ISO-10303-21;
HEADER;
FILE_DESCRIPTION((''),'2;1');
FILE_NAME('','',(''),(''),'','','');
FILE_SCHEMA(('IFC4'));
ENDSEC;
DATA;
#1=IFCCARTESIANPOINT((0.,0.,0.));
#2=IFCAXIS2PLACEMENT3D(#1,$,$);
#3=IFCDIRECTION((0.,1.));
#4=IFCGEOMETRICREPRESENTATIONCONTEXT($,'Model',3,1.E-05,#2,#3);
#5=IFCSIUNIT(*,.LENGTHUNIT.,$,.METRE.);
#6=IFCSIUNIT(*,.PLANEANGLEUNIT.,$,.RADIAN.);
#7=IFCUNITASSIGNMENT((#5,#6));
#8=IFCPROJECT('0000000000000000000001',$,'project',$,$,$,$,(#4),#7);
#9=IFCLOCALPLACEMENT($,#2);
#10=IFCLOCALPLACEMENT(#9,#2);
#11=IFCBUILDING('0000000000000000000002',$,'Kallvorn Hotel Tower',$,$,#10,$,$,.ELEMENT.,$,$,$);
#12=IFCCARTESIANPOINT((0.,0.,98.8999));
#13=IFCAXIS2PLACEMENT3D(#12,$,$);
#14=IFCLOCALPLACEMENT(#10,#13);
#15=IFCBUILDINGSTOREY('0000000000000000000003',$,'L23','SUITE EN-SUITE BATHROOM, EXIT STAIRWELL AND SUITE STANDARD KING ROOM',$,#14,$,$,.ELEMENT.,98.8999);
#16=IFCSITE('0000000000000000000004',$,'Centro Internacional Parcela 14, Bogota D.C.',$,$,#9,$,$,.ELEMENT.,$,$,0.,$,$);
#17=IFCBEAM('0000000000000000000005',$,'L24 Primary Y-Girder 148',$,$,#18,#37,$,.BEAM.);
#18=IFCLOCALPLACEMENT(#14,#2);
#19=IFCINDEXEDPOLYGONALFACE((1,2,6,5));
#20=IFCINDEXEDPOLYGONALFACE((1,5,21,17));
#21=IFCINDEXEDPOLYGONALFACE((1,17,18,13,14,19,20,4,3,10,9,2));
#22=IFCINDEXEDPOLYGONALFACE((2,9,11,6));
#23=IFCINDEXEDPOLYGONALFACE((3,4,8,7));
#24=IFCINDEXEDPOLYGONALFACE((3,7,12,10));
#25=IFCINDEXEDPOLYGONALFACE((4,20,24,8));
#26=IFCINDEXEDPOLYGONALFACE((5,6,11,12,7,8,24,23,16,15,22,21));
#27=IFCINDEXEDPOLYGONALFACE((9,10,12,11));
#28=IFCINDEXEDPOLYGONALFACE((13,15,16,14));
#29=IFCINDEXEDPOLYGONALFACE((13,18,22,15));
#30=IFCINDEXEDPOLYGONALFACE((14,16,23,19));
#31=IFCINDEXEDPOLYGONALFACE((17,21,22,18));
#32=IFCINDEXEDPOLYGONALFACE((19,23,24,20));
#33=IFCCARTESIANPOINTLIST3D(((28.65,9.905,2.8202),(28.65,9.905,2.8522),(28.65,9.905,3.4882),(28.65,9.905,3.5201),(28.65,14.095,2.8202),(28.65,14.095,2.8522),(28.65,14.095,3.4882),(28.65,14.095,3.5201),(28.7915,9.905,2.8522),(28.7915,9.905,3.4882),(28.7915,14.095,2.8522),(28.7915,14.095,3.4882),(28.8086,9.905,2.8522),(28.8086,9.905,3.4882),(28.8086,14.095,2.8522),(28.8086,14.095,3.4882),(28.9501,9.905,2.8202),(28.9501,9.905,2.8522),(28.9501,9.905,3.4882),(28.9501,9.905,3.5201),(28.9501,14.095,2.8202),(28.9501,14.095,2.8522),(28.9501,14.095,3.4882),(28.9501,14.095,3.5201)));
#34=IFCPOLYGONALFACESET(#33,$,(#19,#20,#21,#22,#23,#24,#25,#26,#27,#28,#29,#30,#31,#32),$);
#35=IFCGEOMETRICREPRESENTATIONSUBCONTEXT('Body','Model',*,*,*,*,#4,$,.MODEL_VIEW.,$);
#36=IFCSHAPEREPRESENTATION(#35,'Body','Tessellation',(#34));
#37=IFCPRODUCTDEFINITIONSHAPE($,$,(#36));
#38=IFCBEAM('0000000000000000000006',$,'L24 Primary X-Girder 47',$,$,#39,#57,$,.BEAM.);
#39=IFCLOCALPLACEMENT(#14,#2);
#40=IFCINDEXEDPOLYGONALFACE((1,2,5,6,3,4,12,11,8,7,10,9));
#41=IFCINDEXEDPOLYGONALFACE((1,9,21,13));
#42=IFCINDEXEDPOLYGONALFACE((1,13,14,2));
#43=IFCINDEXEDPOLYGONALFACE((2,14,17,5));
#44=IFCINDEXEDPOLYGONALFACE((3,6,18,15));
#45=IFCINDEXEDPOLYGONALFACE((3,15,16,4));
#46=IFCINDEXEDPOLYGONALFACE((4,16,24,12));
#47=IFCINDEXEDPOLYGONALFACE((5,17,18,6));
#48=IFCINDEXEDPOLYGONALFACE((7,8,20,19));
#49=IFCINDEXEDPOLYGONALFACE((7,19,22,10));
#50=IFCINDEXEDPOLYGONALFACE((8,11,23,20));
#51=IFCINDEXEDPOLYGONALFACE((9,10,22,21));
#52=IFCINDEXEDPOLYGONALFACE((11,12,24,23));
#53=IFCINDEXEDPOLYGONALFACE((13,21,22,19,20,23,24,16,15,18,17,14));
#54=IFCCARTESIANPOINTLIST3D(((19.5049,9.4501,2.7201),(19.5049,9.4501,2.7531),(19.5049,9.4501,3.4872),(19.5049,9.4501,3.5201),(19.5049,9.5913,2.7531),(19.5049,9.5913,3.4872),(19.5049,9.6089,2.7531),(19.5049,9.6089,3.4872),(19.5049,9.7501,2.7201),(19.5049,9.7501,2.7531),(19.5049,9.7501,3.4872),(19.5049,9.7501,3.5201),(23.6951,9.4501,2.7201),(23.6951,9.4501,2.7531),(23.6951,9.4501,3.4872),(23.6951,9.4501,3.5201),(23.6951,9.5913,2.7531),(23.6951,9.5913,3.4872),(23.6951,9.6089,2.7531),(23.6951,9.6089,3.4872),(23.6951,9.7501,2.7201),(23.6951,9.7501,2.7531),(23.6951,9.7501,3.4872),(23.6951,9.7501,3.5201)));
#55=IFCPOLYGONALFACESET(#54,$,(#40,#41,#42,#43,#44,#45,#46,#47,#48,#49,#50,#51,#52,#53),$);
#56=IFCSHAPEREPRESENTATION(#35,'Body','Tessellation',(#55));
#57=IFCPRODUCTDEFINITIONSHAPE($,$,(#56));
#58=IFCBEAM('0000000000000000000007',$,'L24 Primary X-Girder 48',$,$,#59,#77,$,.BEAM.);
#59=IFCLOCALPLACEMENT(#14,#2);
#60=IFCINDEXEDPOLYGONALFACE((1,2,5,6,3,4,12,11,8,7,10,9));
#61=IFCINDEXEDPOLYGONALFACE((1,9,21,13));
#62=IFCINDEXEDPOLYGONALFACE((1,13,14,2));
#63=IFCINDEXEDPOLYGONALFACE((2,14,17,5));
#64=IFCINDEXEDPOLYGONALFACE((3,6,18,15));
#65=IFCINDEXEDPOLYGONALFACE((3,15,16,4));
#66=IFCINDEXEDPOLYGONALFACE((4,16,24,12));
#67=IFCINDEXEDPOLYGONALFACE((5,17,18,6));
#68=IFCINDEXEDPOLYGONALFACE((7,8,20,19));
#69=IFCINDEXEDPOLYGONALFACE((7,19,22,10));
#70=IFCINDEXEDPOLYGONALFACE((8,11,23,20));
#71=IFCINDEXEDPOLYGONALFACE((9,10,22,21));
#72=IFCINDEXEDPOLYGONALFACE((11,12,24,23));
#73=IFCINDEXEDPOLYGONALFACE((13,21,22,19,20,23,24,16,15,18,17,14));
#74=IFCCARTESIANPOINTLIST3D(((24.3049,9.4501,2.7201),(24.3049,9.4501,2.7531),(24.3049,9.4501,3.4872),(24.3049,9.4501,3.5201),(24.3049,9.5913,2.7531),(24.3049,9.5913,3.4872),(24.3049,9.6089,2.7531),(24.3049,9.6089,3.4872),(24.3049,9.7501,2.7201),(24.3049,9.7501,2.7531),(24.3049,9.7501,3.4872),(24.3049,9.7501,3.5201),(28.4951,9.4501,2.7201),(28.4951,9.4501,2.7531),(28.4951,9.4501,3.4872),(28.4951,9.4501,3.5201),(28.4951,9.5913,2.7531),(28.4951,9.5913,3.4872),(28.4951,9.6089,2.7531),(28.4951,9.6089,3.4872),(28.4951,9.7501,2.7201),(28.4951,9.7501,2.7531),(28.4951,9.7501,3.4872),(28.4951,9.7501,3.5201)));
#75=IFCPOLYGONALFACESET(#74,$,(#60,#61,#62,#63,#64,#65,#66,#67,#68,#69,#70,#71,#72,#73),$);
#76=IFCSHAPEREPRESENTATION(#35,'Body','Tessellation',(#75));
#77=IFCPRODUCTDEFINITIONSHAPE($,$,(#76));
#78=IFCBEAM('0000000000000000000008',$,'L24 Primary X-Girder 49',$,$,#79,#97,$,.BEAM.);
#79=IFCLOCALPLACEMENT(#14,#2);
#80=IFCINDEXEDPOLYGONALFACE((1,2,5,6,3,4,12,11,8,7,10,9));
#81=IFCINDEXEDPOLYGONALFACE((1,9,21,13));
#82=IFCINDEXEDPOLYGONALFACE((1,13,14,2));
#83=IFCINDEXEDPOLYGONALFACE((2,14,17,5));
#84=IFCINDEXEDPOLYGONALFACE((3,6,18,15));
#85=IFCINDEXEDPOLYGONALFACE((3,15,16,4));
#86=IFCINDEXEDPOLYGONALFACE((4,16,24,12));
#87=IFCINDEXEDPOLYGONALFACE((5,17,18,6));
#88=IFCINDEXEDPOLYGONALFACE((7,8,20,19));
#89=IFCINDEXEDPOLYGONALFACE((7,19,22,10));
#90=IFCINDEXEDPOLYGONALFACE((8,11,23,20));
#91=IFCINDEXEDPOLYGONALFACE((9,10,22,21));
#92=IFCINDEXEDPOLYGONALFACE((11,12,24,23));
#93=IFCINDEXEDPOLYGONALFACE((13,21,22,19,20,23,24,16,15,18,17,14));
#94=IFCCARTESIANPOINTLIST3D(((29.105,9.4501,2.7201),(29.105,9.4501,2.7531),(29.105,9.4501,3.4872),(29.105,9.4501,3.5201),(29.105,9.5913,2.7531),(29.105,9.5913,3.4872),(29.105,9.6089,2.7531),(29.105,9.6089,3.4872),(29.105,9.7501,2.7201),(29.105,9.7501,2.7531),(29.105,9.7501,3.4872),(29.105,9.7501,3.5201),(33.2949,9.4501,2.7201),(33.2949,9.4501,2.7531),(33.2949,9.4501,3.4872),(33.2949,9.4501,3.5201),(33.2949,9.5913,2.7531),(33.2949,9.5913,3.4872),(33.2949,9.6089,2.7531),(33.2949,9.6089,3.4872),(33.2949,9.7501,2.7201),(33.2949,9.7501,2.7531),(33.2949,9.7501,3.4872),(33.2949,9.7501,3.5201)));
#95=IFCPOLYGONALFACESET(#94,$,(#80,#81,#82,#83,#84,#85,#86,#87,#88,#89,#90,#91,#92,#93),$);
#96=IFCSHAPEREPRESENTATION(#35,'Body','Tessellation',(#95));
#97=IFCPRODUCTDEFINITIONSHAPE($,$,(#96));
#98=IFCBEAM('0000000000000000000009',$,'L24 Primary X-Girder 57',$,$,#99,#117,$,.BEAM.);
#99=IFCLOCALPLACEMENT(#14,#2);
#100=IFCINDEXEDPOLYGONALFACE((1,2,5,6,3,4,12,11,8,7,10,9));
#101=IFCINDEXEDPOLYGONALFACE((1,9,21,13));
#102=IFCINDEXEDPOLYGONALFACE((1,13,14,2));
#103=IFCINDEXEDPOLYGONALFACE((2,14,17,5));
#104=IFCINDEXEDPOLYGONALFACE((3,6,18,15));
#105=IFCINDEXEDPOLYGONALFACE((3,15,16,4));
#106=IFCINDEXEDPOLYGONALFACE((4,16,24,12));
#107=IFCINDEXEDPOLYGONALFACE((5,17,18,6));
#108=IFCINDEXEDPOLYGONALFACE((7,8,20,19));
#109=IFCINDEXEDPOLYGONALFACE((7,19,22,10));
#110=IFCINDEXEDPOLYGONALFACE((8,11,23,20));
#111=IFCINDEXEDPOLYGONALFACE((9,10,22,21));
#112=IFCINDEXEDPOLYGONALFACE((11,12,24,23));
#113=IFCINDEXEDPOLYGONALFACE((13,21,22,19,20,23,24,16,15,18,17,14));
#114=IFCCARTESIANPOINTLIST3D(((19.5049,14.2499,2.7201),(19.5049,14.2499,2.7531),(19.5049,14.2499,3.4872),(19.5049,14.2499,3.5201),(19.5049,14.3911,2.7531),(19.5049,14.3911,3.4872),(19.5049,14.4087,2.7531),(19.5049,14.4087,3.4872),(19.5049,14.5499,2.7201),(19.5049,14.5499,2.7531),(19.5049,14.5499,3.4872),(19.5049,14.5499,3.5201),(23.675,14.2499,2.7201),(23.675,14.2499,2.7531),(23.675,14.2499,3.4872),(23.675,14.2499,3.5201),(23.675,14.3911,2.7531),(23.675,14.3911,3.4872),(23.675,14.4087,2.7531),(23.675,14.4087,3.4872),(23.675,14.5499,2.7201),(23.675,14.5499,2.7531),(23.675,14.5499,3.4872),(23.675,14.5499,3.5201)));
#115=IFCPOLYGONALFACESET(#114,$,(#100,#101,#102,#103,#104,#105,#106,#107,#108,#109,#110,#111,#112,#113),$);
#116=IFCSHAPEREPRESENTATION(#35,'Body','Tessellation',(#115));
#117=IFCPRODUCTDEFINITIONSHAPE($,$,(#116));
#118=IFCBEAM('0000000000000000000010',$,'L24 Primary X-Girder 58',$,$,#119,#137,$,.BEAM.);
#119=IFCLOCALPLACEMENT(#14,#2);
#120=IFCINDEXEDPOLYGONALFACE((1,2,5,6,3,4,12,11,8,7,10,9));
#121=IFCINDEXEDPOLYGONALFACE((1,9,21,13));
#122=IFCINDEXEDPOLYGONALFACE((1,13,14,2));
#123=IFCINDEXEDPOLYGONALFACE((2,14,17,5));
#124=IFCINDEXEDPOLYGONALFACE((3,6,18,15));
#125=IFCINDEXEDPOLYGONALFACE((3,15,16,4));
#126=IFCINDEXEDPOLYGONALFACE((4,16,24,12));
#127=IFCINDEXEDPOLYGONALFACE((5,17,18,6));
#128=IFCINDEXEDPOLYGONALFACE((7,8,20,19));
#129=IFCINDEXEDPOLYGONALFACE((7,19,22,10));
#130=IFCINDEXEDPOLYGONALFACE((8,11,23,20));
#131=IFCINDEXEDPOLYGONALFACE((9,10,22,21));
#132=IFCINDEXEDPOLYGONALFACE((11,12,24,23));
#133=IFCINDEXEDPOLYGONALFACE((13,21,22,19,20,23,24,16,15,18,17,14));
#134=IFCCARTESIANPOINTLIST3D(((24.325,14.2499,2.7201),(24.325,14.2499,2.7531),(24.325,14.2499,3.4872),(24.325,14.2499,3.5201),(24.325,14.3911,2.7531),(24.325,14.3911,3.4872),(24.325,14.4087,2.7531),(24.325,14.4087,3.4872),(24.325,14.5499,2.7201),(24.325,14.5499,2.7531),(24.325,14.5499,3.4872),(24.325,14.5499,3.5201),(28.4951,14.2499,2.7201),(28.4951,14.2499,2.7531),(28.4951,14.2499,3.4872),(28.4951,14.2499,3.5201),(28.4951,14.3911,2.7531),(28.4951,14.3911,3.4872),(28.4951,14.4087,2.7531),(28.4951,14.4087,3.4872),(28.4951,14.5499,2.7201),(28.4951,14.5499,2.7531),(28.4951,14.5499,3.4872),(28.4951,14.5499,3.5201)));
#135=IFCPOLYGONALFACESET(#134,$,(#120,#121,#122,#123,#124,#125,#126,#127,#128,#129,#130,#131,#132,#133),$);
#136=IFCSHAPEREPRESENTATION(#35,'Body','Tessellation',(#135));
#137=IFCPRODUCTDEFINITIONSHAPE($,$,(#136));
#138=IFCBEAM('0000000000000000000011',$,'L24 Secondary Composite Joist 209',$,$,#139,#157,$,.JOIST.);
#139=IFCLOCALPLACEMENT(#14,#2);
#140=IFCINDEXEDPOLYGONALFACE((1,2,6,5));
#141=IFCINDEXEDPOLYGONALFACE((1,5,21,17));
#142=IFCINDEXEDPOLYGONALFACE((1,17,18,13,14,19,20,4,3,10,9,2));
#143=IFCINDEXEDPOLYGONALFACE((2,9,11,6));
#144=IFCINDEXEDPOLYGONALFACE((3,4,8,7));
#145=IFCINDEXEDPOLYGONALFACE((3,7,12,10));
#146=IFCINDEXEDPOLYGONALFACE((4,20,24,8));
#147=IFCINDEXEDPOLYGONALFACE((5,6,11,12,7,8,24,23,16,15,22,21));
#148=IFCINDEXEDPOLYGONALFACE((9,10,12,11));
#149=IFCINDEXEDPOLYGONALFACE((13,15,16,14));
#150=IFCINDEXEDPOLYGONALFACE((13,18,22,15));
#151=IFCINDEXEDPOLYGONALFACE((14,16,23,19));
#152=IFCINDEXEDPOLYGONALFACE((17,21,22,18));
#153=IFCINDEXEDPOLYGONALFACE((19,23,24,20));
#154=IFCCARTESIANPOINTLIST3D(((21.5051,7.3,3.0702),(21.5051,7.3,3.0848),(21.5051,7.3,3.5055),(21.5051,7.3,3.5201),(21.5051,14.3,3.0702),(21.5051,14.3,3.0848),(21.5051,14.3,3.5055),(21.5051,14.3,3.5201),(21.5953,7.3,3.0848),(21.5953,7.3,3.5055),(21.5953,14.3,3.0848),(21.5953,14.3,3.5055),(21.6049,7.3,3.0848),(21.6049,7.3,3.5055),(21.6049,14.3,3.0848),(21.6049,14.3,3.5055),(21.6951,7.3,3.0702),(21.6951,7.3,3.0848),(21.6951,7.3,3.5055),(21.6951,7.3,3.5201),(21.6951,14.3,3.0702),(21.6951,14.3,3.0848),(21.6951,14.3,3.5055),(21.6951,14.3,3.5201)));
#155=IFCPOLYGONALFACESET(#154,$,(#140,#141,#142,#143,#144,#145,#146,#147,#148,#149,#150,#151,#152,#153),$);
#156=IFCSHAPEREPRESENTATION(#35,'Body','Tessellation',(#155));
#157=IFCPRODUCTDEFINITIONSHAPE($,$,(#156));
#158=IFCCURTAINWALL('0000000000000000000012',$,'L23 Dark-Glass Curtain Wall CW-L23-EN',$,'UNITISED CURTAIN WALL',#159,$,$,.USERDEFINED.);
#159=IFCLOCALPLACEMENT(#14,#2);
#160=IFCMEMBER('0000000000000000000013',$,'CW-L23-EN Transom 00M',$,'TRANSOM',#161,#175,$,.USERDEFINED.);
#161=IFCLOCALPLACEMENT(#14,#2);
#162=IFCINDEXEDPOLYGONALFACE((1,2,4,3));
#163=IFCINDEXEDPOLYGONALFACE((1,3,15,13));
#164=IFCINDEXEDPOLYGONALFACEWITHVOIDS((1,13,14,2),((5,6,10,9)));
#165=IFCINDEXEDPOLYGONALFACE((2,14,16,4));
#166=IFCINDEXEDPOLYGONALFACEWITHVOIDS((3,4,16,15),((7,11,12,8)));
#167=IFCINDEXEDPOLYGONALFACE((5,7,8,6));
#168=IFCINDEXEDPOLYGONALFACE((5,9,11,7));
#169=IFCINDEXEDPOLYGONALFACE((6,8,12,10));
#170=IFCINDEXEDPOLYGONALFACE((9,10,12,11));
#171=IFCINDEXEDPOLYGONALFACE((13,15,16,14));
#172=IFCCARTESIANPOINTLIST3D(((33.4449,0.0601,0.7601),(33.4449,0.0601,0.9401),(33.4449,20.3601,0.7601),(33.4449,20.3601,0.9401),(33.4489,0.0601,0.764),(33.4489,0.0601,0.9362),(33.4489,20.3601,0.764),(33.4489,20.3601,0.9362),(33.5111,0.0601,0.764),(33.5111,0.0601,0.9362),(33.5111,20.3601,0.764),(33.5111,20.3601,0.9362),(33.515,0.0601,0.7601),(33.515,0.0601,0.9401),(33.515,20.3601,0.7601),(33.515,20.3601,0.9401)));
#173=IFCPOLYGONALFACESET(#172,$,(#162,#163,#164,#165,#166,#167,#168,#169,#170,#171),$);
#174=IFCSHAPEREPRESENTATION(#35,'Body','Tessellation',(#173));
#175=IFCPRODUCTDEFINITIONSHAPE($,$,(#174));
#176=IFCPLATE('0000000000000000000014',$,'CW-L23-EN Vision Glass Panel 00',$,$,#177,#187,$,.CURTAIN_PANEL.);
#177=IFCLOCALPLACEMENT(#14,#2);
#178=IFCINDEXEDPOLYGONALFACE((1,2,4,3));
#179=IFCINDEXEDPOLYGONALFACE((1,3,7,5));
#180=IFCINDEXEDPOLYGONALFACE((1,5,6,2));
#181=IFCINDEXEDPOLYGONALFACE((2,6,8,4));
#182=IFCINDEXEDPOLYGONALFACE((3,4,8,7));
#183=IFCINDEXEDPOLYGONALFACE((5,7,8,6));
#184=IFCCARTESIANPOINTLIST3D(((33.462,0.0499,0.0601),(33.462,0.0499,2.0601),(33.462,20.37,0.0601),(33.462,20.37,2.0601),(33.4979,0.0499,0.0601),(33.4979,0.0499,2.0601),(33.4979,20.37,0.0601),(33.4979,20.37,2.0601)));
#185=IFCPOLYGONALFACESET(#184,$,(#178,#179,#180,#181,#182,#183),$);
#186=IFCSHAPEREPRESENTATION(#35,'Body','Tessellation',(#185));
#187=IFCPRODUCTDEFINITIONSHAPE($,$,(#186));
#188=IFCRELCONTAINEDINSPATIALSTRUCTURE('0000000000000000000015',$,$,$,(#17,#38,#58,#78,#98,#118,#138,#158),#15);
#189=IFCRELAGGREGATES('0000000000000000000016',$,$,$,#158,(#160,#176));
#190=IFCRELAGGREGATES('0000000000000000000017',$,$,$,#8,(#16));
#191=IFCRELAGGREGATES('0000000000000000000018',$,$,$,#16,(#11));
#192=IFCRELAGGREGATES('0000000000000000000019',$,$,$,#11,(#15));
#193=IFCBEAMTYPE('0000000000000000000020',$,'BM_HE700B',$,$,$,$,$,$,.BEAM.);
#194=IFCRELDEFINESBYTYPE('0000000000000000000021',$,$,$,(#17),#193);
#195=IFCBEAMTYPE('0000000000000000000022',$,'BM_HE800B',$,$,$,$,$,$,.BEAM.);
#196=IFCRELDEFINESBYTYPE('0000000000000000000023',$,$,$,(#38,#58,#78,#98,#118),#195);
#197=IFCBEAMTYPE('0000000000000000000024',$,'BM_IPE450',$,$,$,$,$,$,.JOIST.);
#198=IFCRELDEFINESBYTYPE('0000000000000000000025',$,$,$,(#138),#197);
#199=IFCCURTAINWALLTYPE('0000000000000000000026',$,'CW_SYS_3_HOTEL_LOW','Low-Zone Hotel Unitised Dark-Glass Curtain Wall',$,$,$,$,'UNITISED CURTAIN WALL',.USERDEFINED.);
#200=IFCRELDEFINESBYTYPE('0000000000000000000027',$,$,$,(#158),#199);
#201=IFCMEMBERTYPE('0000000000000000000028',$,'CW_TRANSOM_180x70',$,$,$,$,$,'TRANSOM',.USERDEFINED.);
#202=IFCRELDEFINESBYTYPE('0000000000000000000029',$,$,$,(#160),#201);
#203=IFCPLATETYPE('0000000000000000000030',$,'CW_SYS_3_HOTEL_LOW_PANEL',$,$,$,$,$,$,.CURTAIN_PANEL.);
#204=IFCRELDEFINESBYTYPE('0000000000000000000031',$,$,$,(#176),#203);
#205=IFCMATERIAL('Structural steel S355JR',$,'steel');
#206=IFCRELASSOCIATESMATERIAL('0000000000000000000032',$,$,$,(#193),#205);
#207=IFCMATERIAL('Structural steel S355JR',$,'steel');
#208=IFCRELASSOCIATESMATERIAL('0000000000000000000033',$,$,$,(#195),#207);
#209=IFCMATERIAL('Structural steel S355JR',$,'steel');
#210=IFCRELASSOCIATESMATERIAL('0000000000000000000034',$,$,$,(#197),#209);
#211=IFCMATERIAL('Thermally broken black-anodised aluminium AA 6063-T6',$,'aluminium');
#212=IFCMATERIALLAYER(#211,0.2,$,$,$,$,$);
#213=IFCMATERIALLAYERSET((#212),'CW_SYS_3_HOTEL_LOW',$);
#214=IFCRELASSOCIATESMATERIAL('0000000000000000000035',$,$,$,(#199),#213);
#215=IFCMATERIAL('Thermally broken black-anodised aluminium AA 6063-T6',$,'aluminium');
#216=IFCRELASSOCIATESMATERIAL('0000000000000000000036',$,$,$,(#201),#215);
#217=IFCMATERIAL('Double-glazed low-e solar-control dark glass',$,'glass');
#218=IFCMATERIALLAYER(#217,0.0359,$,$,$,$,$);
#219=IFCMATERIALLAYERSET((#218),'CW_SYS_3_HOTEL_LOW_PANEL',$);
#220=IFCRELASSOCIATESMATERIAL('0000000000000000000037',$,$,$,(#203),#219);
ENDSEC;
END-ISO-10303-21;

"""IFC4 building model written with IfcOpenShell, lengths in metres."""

from ifc_helpers import new_model, si_unit, direction, frame, origin, origin_2d, place, context, subcontext, project, spatial, rectangle, hollow_rectangle, i_section, extrude, material, layer, layer_set, material_profile, profile_set, type_object, element, aggregate, save


model = new_model("IFC4")

# Units and contexts
model_context = context("Model", 3, precision=1e-05, world=origin(), true_north=direction((0.0, 1.0)))
body_context = subcontext(model_context, "Body", "Model", "MODEL_VIEW")
ifc_project = project(units=[si_unit("LENGTHUNIT", "METRE"), si_unit("PLANEANGLEUNIT", "RADIAN")], contexts=[model_context])

# Site, building, storey
site_placement = place(None, origin())
site = spatial("IfcSite", under=ifc_project, at=site_placement, Name="Centro Internacional Parcela 14, Bogota D.C.", CompositionType="ELEMENT", RefElevation=0.0)
building_placement = place(site_placement, origin())
building = spatial("IfcBuilding", under=site, at=building_placement, Name="Kallvorn Hotel Tower", CompositionType="ELEMENT")
storey_placement = place(building_placement, frame((0.0, 0.0, 98.8999)))
storey = spatial("IfcBuildingStorey", under=building, at=storey_placement, Name="L23", Description="SUITE EN-SUITE BATHROOM, EXIT STAIRWELL AND SUITE STANDARD KING ROOM", CompositionType="ELEMENT", Elevation=98.8999)

# Beams
ifc_material_1 = material(Name="Structural steel S355JR", Category="steel")
ifc_material_profile_1 = material_profile(ifc_material_1, i_section(OverallWidth=0.3, OverallDepth=0.7, WebThickness=0.0171, FlangeThickness=0.032, at=origin_2d()), Name="HE 700 B")
ifc_profile_set_1 = profile_set([ifc_material_profile_1], Name="Structural steel S355JR")
beam_type_1 = type_object("IfcBeamType", Name="BM_HE700B", PredefinedType="BEAM", material=ifc_profile_set_1)
for number, where, z_axis, x_axis, name in (
    (1, (28.8, 9.905, 3.1702), (0.0, 1.0, 0.0), (-1.0, 0.0, 0.0), "L24 Primary Y-Girder 148"),
):
    element("IfcBeam", number, at=place(storey_placement, frame(where, z_axis=z_axis, x_axis=x_axis)), inside=storey, type_object=beam_type_1, Name=name, PredefinedType="BEAM", context=body_context, shape_type="SweptSolid", body=[
        extrude(i_section(OverallWidth=0.3, OverallDepth=0.7, WebThickness=0.0171, FlangeThickness=0.032, at=origin_2d()), origin(), (0.0, 0.0, 1.0), 4.1899),
    ])
ifc_material_2 = material(Name="Structural steel S355JR", Category="steel")
ifc_material_profile_2 = material_profile(ifc_material_2, i_section(OverallWidth=0.3, OverallDepth=0.8, WebThickness=0.0176, FlangeThickness=0.033, at=origin_2d()), Name="HE 800 B")
ifc_profile_set_2 = profile_set([ifc_material_profile_2], Name="Structural steel S355JR")
beam_type_2 = type_object("IfcBeamType", Name="BM_HE800B", PredefinedType="BEAM", material=ifc_profile_set_2)
for number, where, z_axis, x_axis, name in (
    (2, (19.5049, 9.6001, 3.1201), (1.0, 0.0, 0.0), (0.0, 1.0, 0.0), "L24 Primary X-Girder 47"),
    (3, (24.3049, 9.6001, 3.1201), (1.0, 0.0, 0.0), (0.0, 1.0, 0.0), "L24 Primary X-Girder 48"),
):
    element("IfcBeam", number, at=place(storey_placement, frame(where, z_axis=z_axis, x_axis=x_axis)), inside=storey, type_object=beam_type_2, Name=name, PredefinedType="BEAM", context=body_context, shape_type="SweptSolid", body=[
        extrude(i_section(OverallWidth=0.3, OverallDepth=0.8, WebThickness=0.0176, FlangeThickness=0.033, at=origin_2d()), origin(), (0.0, 0.0, 1.0), 4.1902),
    ])
beam_1_placement = place(storey_placement, frame((29.105, 9.6001, 3.1201), z_axis=(1.0, 0.0, 0.0), x_axis=(0.0, 1.0, 0.0)))
element("IfcBeam", 4, at=beam_1_placement, inside=storey, type_object=beam_type_2, Name="L24 Primary X-Girder 49", PredefinedType="BEAM", context=body_context, shape_type="SweptSolid", body=[
    extrude(i_section(OverallWidth=0.3, OverallDepth=0.8, WebThickness=0.0176, FlangeThickness=0.033, at=origin_2d()), origin(), (0.0, 0.0, 1.0), 4.1899),
])
for number, where, z_axis, x_axis, name in (
    (5, (19.5049, 14.3999, 3.1201), (1.0, 0.0, 0.0), (0.0, 1.0, 0.0), "L24 Primary X-Girder 57"),
    (6, (24.325, 14.3999, 3.1201), (1.0, 0.0, 0.0), (0.0, 1.0, 0.0), "L24 Primary X-Girder 58"),
):
    element("IfcBeam", number, at=place(storey_placement, frame(where, z_axis=z_axis, x_axis=x_axis)), inside=storey, type_object=beam_type_2, Name=name, PredefinedType="BEAM", context=body_context, shape_type="SweptSolid", body=[
        extrude(i_section(OverallWidth=0.3, OverallDepth=0.8, WebThickness=0.0176, FlangeThickness=0.033, at=origin_2d()), origin(), (0.0, 0.0, 1.0), 4.1702),
    ])
ifc_material_3 = material(Name="Structural steel S355JR", Category="steel")
ifc_material_profile_3 = material_profile(ifc_material_3, i_section(OverallWidth=0.1899, OverallDepth=0.45, WebThickness=0.0095, FlangeThickness=0.0146, at=origin_2d()), Name="IPE 450")
ifc_profile_set_3 = profile_set([ifc_material_profile_3], Name="Structural steel S355JR")
beam_type_3 = type_object("IfcBeamType", Name="BM_IPE450", PredefinedType="JOIST", material=ifc_profile_set_3)
beam_2_placement = place(storey_placement, frame((21.6001, 7.3, 3.2952), z_axis=(0.0, 1.0, 0.0), x_axis=(-1.0, 0.0, 0.0)))
element("IfcBeam", 7, at=beam_2_placement, inside=storey, type_object=beam_type_3, Name="L24 Secondary Composite Joist 209", PredefinedType="JOIST", context=body_context, shape_type="SweptSolid", body=[
    extrude(i_section(OverallWidth=0.1899, OverallDepth=0.45, WebThickness=0.0095, FlangeThickness=0.0146, at=origin_2d()), origin(), (0.0, 0.0, 1.0), 7.0),
])

# Curtain wall, member, plate
ifc_material_4 = material(Name="Thermally broken black-anodised aluminium AA 6063-T6", Category="aluminium")
ifc_layer_1 = layer(ifc_material_4, 0.2)
ifc_layer_set_1 = layer_set([ifc_layer_1], Name="CW_SYS_3_HOTEL_LOW")
curtain_wall_type = type_object("IfcCurtainWallType", Name="CW_SYS_3_HOTEL_LOW", Description="Low-Zone Hotel Unitised Dark-Glass Curtain Wall", ElementType="UNITISED CURTAIN WALL", PredefinedType="USERDEFINED", material=ifc_layer_set_1)
curtain_wall_placement = place(storey_placement, origin())
curtain_wall = element("IfcCurtainWall", 8, at=curtain_wall_placement, inside=storey, type_object=curtain_wall_type, Name="L23 Dark-Glass Curtain Wall CW-L23-EN", ObjectType="UNITISED CURTAIN WALL", PredefinedType="USERDEFINED")
ifc_material_5 = material(Name="Thermally broken black-anodised aluminium AA 6063-T6", Category="aluminium")
ifc_material_profile_4 = material_profile(ifc_material_5, hollow_rectangle(XDim=0.0701, YDim=0.1799, WallThickness=0.0039, at=origin_2d()), Name="TRN 180x70")
ifc_profile_set_4 = profile_set([ifc_material_profile_4], Name="Thermally broken black-anodised aluminium AA 6063-T6")
member_type = type_object("IfcMemberType", Name="CW_TRANSOM_180x70", ElementType="TRANSOM", PredefinedType="USERDEFINED", material=ifc_profile_set_4)
member_placement = place(storey_placement, frame((33.48, 0.0601, 0.8501), z_axis=(0.0, 1.0, 0.0), x_axis=(-1.0, 0.0, 0.0)))
member = element("IfcMember", 9, at=member_placement, type_object=member_type, Name="CW-L23-EN Transom 00M", ObjectType="TRANSOM", PredefinedType="USERDEFINED", context=body_context, shape_type="SweptSolid", body=[
    extrude(hollow_rectangle(XDim=0.0701, YDim=0.1799, WallThickness=0.0039, at=origin_2d()), origin(), (0.0, 0.0, 1.0), 20.3),
])
ifc_material_6 = material(Name="Double-glazed low-e solar-control dark glass", Category="glass")
ifc_layer_2 = layer(ifc_material_6, 0.0359)
ifc_layer_set_2 = layer_set([ifc_layer_2], Name="CW_SYS_3_HOTEL_LOW_PANEL")
plate_type = type_object("IfcPlateType", Name="CW_SYS_3_HOTEL_LOW_PANEL", PredefinedType="CURTAIN_PANEL", material=ifc_layer_set_2)
plate_placement = place(storey_placement, frame((33.48, 10.21, 0.0601), z_axis=(0.0, 0.0, 1.0), x_axis=(0.0, 1.0, 0.0)))
plate = element("IfcPlate", 10, at=plate_placement, type_object=plate_type, Name="CW-L23-EN Vision Glass Panel 00", PredefinedType="CURTAIN_PANEL", context=body_context, shape_type="SweptSolid", body=[
    extrude(rectangle(XDim=20.3201, YDim=0.0359, at=origin_2d()), origin(), (0.0, 0.0, 1.0), 2.0),
])
aggregate(curtain_wall, [member, plate])

save(model, "model.ifc")
